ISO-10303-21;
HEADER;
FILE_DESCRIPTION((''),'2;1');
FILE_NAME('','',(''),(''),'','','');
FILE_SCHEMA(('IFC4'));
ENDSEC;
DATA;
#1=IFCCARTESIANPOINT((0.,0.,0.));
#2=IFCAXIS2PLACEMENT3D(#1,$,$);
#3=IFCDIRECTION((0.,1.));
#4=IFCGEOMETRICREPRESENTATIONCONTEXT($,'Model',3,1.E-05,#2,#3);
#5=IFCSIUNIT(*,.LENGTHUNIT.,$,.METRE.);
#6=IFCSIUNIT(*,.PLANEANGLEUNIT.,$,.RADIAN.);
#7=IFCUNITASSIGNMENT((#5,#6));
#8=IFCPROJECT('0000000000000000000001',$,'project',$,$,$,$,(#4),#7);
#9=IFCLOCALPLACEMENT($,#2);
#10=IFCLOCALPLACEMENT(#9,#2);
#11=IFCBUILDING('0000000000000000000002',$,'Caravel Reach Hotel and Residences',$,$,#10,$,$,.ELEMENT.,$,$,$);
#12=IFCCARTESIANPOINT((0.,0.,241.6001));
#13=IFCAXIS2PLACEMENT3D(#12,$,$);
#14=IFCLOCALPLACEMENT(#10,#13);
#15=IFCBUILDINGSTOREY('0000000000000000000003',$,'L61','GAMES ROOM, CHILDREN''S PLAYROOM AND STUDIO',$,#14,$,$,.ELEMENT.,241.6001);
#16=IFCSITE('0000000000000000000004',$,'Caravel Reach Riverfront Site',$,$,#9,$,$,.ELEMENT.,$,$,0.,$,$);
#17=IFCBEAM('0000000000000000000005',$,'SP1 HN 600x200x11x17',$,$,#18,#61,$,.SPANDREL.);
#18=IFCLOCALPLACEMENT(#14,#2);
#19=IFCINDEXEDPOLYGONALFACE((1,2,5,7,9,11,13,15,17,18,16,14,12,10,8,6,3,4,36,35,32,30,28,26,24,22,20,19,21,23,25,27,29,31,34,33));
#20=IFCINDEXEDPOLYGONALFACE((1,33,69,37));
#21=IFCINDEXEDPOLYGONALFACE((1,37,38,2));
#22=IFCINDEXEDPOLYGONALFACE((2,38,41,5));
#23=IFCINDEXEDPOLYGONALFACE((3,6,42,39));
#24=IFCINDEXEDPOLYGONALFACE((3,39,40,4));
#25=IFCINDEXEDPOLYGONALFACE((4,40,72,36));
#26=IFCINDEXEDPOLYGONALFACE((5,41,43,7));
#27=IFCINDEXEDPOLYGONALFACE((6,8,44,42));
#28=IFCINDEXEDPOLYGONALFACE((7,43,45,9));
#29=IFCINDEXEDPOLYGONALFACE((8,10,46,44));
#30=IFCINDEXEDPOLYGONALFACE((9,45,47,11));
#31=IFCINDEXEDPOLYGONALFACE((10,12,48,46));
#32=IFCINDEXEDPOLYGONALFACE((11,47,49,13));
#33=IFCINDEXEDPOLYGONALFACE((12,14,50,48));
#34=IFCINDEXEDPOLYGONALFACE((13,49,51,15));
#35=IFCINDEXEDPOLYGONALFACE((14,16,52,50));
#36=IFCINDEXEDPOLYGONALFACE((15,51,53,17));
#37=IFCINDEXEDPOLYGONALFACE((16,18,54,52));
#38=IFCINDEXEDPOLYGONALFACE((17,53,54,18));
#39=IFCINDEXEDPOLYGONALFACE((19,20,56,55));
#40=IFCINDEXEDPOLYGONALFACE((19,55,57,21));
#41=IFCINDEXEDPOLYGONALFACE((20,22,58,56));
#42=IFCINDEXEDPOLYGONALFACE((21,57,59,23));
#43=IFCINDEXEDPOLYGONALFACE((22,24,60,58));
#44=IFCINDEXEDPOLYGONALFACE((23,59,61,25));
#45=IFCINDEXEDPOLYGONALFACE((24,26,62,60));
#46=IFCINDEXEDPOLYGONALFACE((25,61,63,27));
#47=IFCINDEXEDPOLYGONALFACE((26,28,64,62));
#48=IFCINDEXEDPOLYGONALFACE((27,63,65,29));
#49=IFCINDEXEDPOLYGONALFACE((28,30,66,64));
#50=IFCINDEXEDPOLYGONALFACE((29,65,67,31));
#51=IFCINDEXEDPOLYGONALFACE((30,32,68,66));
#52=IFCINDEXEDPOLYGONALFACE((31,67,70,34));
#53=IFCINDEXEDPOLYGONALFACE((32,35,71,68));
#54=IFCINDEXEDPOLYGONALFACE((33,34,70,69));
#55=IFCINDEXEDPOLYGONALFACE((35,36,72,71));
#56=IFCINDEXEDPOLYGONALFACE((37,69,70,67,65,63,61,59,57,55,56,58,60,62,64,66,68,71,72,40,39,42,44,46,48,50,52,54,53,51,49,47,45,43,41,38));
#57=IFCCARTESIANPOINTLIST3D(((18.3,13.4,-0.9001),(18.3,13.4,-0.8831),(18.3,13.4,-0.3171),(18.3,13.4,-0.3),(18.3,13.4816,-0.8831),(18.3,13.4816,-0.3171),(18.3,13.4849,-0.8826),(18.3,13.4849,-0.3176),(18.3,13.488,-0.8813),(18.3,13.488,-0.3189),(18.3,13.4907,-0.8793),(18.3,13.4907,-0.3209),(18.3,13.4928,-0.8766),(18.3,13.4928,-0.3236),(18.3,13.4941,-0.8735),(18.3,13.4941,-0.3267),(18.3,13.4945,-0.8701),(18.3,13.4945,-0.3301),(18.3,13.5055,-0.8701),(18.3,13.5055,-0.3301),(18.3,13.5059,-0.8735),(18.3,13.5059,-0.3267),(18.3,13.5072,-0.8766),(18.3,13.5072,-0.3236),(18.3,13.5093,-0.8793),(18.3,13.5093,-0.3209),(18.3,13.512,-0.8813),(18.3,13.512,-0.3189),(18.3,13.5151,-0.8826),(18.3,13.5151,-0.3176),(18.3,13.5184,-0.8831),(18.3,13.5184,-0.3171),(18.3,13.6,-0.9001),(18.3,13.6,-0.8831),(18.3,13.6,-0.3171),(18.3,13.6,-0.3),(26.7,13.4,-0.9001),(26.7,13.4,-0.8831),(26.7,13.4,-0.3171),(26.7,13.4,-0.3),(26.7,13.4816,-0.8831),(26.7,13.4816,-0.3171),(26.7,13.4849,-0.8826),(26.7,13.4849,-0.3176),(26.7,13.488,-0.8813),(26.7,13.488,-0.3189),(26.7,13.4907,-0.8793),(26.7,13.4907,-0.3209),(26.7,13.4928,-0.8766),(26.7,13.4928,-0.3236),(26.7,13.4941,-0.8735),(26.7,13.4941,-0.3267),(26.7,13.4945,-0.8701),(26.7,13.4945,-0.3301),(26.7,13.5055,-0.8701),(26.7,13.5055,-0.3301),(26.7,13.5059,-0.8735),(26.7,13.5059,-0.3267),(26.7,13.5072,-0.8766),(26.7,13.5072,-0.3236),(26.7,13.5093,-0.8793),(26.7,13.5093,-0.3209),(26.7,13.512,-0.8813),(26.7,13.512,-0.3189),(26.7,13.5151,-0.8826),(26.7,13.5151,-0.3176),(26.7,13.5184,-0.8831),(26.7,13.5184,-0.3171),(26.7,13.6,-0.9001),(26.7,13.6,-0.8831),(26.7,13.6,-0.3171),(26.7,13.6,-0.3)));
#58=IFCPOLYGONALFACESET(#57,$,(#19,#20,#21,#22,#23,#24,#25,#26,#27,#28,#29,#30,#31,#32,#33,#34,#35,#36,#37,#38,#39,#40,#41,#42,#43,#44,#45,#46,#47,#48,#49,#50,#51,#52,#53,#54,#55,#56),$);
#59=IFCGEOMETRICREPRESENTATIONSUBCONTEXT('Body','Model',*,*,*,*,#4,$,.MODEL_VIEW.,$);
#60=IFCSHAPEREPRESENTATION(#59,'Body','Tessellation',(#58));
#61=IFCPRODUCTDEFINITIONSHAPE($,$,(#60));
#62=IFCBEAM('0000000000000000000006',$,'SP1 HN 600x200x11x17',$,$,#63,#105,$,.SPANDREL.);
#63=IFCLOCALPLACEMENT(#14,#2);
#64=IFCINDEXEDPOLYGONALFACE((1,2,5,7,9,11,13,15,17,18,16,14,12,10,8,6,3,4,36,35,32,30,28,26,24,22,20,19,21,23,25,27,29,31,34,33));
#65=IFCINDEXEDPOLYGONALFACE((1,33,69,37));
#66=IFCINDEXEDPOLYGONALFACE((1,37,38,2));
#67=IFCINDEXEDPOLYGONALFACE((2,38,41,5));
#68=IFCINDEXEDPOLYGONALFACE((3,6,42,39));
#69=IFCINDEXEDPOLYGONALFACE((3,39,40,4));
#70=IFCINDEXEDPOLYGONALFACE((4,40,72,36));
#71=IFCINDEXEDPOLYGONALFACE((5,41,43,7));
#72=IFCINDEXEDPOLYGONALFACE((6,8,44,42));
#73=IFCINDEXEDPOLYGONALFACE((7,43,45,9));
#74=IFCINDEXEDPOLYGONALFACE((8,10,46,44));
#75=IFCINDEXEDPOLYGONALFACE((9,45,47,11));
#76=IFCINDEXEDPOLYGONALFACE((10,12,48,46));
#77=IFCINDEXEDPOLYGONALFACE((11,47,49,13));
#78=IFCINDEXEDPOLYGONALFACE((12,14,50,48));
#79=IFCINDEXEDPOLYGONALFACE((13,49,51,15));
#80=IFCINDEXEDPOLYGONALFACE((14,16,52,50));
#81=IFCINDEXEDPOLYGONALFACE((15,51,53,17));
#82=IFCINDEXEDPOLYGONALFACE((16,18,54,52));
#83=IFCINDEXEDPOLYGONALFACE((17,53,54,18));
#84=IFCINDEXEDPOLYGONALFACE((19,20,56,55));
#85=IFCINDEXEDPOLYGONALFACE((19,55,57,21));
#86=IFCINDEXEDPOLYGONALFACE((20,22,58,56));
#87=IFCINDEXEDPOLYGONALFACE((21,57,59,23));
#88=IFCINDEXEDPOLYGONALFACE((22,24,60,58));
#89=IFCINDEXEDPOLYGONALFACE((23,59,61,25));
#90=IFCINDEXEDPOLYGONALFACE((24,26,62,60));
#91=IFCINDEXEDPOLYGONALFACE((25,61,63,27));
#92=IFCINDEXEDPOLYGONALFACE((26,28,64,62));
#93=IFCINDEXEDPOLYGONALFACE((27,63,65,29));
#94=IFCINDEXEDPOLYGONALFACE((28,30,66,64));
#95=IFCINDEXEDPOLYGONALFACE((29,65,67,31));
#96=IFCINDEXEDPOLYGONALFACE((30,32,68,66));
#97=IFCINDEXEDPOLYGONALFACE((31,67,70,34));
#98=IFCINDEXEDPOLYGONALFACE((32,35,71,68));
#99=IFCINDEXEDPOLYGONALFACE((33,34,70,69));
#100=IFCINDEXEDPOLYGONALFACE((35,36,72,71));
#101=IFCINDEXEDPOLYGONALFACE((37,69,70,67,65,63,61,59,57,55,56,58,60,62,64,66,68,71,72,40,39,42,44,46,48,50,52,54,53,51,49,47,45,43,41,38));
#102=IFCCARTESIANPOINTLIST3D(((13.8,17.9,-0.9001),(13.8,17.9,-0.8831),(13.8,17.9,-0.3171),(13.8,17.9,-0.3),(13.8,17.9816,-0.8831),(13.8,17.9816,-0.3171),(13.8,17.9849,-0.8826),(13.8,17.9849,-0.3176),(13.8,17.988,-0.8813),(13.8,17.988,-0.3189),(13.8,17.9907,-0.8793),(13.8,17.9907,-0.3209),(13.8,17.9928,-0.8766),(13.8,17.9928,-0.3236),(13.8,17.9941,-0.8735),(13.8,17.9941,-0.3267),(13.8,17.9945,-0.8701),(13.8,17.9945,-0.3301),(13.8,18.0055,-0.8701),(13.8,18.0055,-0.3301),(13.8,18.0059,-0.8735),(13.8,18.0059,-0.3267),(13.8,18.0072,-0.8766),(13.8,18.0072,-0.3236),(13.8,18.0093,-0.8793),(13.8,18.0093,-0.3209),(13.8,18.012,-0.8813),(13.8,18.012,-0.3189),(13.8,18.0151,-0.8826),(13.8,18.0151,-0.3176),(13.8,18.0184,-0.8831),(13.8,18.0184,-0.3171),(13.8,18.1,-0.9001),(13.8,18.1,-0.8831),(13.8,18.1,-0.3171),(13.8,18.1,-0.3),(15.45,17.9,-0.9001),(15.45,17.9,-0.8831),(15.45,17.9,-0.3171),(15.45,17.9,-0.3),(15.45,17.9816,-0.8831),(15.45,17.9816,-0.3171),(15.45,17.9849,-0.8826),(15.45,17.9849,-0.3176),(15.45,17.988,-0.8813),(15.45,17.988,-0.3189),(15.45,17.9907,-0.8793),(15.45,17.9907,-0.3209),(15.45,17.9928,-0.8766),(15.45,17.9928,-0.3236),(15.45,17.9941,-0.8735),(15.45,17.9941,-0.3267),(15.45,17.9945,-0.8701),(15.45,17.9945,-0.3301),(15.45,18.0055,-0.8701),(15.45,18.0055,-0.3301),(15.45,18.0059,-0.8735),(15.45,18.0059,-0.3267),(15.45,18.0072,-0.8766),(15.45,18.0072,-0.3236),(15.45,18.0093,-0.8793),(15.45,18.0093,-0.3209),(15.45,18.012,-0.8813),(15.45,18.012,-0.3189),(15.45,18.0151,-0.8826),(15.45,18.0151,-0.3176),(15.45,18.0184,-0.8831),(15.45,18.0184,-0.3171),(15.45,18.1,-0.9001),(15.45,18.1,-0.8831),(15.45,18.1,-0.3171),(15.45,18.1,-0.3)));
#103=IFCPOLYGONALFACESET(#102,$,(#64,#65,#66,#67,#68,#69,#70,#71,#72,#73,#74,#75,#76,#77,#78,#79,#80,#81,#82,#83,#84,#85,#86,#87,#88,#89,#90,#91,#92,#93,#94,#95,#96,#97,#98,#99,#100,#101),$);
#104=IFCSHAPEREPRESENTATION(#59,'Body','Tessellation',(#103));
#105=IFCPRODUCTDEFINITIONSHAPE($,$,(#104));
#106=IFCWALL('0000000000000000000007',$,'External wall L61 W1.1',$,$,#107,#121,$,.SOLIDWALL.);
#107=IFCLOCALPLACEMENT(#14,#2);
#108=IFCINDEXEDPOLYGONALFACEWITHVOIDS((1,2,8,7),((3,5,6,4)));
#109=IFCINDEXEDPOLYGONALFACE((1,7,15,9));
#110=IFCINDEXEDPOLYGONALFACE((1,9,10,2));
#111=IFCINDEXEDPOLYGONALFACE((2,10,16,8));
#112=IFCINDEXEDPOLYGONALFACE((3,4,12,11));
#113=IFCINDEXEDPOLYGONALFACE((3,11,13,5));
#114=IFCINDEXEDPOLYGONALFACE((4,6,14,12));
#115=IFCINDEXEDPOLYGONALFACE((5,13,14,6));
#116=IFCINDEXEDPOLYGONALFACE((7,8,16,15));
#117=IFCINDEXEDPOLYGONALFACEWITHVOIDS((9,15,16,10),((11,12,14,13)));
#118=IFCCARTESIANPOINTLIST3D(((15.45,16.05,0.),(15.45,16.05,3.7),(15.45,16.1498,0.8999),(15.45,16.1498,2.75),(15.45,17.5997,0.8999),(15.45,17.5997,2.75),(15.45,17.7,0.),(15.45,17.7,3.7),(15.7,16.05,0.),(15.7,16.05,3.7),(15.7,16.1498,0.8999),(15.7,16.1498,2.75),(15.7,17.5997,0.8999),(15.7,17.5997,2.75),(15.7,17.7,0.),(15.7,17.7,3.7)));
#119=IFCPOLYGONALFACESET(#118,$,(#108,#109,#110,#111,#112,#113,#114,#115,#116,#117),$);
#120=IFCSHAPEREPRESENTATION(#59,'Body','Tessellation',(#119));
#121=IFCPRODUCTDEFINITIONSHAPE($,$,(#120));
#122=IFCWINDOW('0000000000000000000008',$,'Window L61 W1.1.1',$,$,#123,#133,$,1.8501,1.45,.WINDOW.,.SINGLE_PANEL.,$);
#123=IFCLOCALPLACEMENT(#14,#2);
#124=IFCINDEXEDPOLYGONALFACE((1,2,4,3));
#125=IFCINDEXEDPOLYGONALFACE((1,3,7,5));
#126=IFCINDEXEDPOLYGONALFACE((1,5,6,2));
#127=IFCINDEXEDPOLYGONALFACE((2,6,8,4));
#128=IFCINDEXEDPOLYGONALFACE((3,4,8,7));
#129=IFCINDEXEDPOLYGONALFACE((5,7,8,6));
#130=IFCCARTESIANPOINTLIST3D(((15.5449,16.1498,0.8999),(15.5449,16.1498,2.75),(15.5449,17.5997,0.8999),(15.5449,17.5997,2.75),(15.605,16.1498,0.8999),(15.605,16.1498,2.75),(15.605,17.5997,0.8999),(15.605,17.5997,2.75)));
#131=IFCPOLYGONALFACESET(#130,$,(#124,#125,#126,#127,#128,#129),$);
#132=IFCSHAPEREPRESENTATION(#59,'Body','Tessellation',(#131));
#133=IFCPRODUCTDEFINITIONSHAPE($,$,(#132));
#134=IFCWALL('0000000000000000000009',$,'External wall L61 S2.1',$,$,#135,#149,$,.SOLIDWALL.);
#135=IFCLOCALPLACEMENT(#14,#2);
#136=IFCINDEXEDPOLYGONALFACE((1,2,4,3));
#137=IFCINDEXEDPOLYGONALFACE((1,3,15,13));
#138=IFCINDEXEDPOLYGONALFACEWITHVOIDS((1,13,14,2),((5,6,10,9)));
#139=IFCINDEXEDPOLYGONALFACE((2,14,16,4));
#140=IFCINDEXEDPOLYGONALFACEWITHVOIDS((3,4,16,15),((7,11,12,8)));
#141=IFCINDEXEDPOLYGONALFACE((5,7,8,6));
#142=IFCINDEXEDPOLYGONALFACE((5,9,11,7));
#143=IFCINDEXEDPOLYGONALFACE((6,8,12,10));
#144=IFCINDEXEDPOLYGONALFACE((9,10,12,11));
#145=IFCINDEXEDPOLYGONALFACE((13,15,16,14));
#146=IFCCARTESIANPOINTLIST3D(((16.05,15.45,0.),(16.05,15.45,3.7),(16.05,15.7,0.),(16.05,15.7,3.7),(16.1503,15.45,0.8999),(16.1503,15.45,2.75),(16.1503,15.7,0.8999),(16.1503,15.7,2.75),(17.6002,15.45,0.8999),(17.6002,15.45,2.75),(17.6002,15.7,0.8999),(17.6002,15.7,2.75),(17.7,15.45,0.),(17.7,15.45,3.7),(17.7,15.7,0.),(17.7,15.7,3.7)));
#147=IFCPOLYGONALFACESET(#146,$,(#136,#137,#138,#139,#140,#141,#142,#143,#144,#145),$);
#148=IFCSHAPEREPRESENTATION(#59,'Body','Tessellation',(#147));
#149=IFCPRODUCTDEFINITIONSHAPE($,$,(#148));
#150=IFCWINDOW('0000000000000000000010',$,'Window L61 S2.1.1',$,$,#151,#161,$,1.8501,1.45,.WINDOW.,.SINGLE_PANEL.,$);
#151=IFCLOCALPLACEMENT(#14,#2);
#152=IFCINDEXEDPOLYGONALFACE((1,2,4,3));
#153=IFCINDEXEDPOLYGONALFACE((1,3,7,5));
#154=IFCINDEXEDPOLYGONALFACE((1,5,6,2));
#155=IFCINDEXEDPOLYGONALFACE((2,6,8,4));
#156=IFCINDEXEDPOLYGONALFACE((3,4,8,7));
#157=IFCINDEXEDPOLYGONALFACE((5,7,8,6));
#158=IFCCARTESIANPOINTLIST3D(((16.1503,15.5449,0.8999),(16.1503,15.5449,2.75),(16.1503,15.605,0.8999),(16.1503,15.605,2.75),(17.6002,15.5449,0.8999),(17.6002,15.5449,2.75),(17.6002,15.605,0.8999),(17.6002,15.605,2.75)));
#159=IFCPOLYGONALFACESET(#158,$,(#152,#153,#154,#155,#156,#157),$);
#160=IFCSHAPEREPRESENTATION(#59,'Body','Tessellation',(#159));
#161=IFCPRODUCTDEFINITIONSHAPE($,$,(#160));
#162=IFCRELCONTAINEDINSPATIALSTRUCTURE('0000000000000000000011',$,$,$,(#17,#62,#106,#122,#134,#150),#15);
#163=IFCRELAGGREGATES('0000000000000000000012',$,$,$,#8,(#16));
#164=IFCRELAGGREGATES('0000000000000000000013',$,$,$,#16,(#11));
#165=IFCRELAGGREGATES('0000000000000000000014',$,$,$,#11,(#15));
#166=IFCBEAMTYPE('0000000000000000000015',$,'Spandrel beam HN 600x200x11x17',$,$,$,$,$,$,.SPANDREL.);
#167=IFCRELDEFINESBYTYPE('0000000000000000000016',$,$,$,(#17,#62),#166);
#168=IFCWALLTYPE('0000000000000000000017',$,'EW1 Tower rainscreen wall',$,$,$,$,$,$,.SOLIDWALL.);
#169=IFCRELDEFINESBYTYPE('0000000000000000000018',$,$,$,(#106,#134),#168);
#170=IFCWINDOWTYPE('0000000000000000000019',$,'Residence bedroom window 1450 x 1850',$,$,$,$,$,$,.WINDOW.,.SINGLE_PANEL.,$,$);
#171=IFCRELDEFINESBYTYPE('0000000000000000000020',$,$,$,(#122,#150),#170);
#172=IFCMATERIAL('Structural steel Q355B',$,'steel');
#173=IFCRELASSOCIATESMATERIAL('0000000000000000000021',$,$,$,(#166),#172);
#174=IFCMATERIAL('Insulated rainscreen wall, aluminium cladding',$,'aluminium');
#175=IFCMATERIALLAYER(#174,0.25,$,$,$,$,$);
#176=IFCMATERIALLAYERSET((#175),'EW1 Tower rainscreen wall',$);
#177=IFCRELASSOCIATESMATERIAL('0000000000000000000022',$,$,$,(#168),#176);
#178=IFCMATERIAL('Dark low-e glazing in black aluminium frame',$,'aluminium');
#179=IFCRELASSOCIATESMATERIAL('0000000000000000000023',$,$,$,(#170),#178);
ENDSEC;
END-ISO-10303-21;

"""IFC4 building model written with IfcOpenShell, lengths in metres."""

from ifc_helpers import new_model, si_unit, direction, frame, frame_2d, origin, origin_2d, place, context, subcontext, project, spatial, rectangle, i_section, extrude, material, layer, layer_set, material_profile, profile_set, type_object, element, fill, save


model = new_model("IFC4")

# Units and contexts
model_context = context("Model", 3, precision=1e-05, world=origin(), true_north=direction((0.0, 1.0)))
body_context = subcontext(model_context, "Body", "Model", "MODEL_VIEW")
ifc_project = project(units=[si_unit("LENGTHUNIT", "METRE"), si_unit("PLANEANGLEUNIT", "RADIAN")], contexts=[model_context])

# Site, building, storey
site_placement = place(None, origin())
site = spatial("IfcSite", under=ifc_project, at=site_placement, Name="Caravel Reach Riverfront Site", CompositionType="ELEMENT", RefElevation=0.0)
building_placement = place(site_placement, origin())
building = spatial("IfcBuilding", under=site, at=building_placement, Name="Caravel Reach Hotel and Residences", CompositionType="ELEMENT")
storey_placement = place(building_placement, frame((0.0, 0.0, 241.6001)))
storey = spatial("IfcBuildingStorey", under=building, at=storey_placement, Name="L61", Description="GAMES ROOM, CHILDREN'S PLAYROOM AND STUDIO", CompositionType="ELEMENT", Elevation=241.6001)

# Beams
ifc_material_1 = material(Name="Structural steel Q355B", Category="steel")
ifc_material_profile_1 = material_profile(ifc_material_1, i_section(OverallWidth=0.2, OverallDepth=0.6001, WebThickness=0.011, FlangeThickness=0.0171, FilletRadius=0.0129, at=origin_2d()), Name="HN 600x200x11x17")
ifc_profile_set_1 = profile_set([ifc_material_profile_1], Name="Structural steel Q355B")
beam_type = type_object("IfcBeamType", Name="Spandrel beam HN 600x200x11x17", PredefinedType="SPANDREL", material=ifc_profile_set_1)
beam_1_placement = place(storey_placement, frame((18.3, 13.5, -0.6001), z_axis=(1.0, 0.0, 0.0), x_axis=(0.0, 1.0, 0.0)))
element("IfcBeam", 1, at=beam_1_placement, inside=storey, type_object=beam_type, Name="SP1 HN 600x200x11x17", PredefinedType="SPANDREL", context=body_context, shape_type="SweptSolid", body=[
    extrude(i_section(OverallWidth=0.2, OverallDepth=0.6001, WebThickness=0.011, FlangeThickness=0.0171, FilletRadius=0.0129, at=origin_2d()), origin(), (0.0, 0.0, 1.0), 8.3999),
])
beam_2_placement = place(storey_placement, frame((13.8, 18.0, -0.6001), z_axis=(1.0, 0.0, 0.0), x_axis=(0.0, 1.0, 0.0)))
element("IfcBeam", 2, at=beam_2_placement, inside=storey, type_object=beam_type, Name="SP1 HN 600x200x11x17", PredefinedType="SPANDREL", context=body_context, shape_type="SweptSolid", body=[
    extrude(i_section(OverallWidth=0.2, OverallDepth=0.6001, WebThickness=0.011, FlangeThickness=0.0171, FilletRadius=0.0129, at=origin_2d()), origin(), (0.0, 0.0, 1.0), 1.6499),
])

# Walls, openings, windows
ifc_material_2 = material(Name="Insulated rainscreen wall, aluminium cladding", Category="aluminium")
ifc_layer_1 = layer(ifc_material_2, 0.25)
ifc_layer_set_1 = layer_set([ifc_layer_1], Name="EW1 Tower rainscreen wall")
wall_type_1 = type_object("IfcWallType", Name="EW1 Tower rainscreen wall", PredefinedType="SOLIDWALL", material=ifc_layer_set_1)
wall_1_placement = place(storey_placement, frame((15.575, 17.7, 0.0), z_axis=(0.0, 0.0, 1.0), x_axis=(0.0, -1.0, 0.0)))
wall_1 = element("IfcWall", 3, at=wall_1_placement, inside=storey, type_object=wall_type_1, Name="External wall L61 W1.1", PredefinedType="SOLIDWALL", context=body_context, shape_type="SweptSolid", body=[
    extrude(rectangle(XDim=1.6499, YDim=0.25, at=frame_2d((0.825, 0.0))), origin(), (0.0, 0.0, 1.0), 3.7),
])
opening_1_placement = place(wall_1_placement, frame((0.1001, 0.0, 0.8999)))
opening_1 = element("IfcOpeningElement", 4, at=opening_1_placement, cuts=wall_1, PredefinedType="OPENING", context=body_context, shape_type="SweptSolid", body=[
    extrude(rectangle(XDim=1.45, YDim=1.8501, at=frame_2d((0.7251, 0.925))), frame((0.0, 0.135, 0.0), z_axis=(0.0, -1.0, 0.0), x_axis=(1.0, 0.0, 0.0)), (0.0, 0.0, 1.0), 0.27),
])
ifc_material_3 = material(Name="Dark low-e glazing in black aluminium frame", Category="aluminium")
window_type_1 = type_object("IfcWindowType", Name="Residence bedroom window 1450 x 1850", PartitioningType="SINGLE_PANEL", PredefinedType="WINDOW", material=ifc_material_3)
window_1_placement = place(opening_1_placement, origin())
window_1 = element("IfcWindow", 5, at=window_1_placement, inside=storey, type_object=window_type_1, Name="Window L61 W1.1.1", OverallHeight=1.8501, OverallWidth=1.45, PartitioningType="SINGLE_PANEL", PredefinedType="WINDOW", context=body_context, shape_type="SweptSolid", body=[
    extrude(rectangle(XDim=1.45, YDim=1.8501, at=frame_2d((0.7251, 0.925))), frame((0.0, 0.03, 0.0), z_axis=(0.0, -1.0, 0.0), x_axis=(1.0, 0.0, 0.0)), (0.0, 0.0, 1.0), 0.0601),
])
fill(opening_1, window_1)
wall_2_placement = place(storey_placement, frame((16.05, 15.575, 0.0), z_axis=(0.0, 0.0, 1.0), x_axis=(1.0, 0.0, 0.0)))
wall_2 = element("IfcWall", 6, at=wall_2_placement, inside=storey, type_object=wall_type_1, Name="External wall L61 S2.1", PredefinedType="SOLIDWALL", context=body_context, shape_type="SweptSolid", body=[
    extrude(rectangle(XDim=1.6499, YDim=0.25, at=frame_2d((0.825, 0.0))), origin(), (0.0, 0.0, 1.0), 3.7),
])
opening_2_placement = place(wall_2_placement, frame((0.1001, 0.0, 0.8999)))
opening_2 = element("IfcOpeningElement", 7, at=opening_2_placement, cuts=wall_2, PredefinedType="OPENING", context=body_context, shape_type="SweptSolid", body=[
    extrude(rectangle(XDim=1.45, YDim=1.8501, at=frame_2d((0.7251, 0.925))), frame((0.0, 0.135, 0.0), z_axis=(0.0, -1.0, 0.0), x_axis=(1.0, 0.0, 0.0)), (0.0, 0.0, 1.0), 0.27),
])
window_2_placement = place(opening_2_placement, origin())
window_2 = element("IfcWindow", 8, at=window_2_placement, inside=storey, type_object=window_type_1, Name="Window L61 S2.1.1", OverallHeight=1.8501, OverallWidth=1.45, PartitioningType="SINGLE_PANEL", PredefinedType="WINDOW", context=body_context, shape_type="SweptSolid", body=[
    extrude(rectangle(XDim=1.45, YDim=1.8501, at=frame_2d((0.7251, 0.925))), frame((0.0, 0.03, 0.0), z_axis=(0.0, -1.0, 0.0), x_axis=(1.0, 0.0, 0.0)), (0.0, 0.0, 1.0), 0.0601),
])
fill(opening_2, window_2)

save(model, "model.ifc")
